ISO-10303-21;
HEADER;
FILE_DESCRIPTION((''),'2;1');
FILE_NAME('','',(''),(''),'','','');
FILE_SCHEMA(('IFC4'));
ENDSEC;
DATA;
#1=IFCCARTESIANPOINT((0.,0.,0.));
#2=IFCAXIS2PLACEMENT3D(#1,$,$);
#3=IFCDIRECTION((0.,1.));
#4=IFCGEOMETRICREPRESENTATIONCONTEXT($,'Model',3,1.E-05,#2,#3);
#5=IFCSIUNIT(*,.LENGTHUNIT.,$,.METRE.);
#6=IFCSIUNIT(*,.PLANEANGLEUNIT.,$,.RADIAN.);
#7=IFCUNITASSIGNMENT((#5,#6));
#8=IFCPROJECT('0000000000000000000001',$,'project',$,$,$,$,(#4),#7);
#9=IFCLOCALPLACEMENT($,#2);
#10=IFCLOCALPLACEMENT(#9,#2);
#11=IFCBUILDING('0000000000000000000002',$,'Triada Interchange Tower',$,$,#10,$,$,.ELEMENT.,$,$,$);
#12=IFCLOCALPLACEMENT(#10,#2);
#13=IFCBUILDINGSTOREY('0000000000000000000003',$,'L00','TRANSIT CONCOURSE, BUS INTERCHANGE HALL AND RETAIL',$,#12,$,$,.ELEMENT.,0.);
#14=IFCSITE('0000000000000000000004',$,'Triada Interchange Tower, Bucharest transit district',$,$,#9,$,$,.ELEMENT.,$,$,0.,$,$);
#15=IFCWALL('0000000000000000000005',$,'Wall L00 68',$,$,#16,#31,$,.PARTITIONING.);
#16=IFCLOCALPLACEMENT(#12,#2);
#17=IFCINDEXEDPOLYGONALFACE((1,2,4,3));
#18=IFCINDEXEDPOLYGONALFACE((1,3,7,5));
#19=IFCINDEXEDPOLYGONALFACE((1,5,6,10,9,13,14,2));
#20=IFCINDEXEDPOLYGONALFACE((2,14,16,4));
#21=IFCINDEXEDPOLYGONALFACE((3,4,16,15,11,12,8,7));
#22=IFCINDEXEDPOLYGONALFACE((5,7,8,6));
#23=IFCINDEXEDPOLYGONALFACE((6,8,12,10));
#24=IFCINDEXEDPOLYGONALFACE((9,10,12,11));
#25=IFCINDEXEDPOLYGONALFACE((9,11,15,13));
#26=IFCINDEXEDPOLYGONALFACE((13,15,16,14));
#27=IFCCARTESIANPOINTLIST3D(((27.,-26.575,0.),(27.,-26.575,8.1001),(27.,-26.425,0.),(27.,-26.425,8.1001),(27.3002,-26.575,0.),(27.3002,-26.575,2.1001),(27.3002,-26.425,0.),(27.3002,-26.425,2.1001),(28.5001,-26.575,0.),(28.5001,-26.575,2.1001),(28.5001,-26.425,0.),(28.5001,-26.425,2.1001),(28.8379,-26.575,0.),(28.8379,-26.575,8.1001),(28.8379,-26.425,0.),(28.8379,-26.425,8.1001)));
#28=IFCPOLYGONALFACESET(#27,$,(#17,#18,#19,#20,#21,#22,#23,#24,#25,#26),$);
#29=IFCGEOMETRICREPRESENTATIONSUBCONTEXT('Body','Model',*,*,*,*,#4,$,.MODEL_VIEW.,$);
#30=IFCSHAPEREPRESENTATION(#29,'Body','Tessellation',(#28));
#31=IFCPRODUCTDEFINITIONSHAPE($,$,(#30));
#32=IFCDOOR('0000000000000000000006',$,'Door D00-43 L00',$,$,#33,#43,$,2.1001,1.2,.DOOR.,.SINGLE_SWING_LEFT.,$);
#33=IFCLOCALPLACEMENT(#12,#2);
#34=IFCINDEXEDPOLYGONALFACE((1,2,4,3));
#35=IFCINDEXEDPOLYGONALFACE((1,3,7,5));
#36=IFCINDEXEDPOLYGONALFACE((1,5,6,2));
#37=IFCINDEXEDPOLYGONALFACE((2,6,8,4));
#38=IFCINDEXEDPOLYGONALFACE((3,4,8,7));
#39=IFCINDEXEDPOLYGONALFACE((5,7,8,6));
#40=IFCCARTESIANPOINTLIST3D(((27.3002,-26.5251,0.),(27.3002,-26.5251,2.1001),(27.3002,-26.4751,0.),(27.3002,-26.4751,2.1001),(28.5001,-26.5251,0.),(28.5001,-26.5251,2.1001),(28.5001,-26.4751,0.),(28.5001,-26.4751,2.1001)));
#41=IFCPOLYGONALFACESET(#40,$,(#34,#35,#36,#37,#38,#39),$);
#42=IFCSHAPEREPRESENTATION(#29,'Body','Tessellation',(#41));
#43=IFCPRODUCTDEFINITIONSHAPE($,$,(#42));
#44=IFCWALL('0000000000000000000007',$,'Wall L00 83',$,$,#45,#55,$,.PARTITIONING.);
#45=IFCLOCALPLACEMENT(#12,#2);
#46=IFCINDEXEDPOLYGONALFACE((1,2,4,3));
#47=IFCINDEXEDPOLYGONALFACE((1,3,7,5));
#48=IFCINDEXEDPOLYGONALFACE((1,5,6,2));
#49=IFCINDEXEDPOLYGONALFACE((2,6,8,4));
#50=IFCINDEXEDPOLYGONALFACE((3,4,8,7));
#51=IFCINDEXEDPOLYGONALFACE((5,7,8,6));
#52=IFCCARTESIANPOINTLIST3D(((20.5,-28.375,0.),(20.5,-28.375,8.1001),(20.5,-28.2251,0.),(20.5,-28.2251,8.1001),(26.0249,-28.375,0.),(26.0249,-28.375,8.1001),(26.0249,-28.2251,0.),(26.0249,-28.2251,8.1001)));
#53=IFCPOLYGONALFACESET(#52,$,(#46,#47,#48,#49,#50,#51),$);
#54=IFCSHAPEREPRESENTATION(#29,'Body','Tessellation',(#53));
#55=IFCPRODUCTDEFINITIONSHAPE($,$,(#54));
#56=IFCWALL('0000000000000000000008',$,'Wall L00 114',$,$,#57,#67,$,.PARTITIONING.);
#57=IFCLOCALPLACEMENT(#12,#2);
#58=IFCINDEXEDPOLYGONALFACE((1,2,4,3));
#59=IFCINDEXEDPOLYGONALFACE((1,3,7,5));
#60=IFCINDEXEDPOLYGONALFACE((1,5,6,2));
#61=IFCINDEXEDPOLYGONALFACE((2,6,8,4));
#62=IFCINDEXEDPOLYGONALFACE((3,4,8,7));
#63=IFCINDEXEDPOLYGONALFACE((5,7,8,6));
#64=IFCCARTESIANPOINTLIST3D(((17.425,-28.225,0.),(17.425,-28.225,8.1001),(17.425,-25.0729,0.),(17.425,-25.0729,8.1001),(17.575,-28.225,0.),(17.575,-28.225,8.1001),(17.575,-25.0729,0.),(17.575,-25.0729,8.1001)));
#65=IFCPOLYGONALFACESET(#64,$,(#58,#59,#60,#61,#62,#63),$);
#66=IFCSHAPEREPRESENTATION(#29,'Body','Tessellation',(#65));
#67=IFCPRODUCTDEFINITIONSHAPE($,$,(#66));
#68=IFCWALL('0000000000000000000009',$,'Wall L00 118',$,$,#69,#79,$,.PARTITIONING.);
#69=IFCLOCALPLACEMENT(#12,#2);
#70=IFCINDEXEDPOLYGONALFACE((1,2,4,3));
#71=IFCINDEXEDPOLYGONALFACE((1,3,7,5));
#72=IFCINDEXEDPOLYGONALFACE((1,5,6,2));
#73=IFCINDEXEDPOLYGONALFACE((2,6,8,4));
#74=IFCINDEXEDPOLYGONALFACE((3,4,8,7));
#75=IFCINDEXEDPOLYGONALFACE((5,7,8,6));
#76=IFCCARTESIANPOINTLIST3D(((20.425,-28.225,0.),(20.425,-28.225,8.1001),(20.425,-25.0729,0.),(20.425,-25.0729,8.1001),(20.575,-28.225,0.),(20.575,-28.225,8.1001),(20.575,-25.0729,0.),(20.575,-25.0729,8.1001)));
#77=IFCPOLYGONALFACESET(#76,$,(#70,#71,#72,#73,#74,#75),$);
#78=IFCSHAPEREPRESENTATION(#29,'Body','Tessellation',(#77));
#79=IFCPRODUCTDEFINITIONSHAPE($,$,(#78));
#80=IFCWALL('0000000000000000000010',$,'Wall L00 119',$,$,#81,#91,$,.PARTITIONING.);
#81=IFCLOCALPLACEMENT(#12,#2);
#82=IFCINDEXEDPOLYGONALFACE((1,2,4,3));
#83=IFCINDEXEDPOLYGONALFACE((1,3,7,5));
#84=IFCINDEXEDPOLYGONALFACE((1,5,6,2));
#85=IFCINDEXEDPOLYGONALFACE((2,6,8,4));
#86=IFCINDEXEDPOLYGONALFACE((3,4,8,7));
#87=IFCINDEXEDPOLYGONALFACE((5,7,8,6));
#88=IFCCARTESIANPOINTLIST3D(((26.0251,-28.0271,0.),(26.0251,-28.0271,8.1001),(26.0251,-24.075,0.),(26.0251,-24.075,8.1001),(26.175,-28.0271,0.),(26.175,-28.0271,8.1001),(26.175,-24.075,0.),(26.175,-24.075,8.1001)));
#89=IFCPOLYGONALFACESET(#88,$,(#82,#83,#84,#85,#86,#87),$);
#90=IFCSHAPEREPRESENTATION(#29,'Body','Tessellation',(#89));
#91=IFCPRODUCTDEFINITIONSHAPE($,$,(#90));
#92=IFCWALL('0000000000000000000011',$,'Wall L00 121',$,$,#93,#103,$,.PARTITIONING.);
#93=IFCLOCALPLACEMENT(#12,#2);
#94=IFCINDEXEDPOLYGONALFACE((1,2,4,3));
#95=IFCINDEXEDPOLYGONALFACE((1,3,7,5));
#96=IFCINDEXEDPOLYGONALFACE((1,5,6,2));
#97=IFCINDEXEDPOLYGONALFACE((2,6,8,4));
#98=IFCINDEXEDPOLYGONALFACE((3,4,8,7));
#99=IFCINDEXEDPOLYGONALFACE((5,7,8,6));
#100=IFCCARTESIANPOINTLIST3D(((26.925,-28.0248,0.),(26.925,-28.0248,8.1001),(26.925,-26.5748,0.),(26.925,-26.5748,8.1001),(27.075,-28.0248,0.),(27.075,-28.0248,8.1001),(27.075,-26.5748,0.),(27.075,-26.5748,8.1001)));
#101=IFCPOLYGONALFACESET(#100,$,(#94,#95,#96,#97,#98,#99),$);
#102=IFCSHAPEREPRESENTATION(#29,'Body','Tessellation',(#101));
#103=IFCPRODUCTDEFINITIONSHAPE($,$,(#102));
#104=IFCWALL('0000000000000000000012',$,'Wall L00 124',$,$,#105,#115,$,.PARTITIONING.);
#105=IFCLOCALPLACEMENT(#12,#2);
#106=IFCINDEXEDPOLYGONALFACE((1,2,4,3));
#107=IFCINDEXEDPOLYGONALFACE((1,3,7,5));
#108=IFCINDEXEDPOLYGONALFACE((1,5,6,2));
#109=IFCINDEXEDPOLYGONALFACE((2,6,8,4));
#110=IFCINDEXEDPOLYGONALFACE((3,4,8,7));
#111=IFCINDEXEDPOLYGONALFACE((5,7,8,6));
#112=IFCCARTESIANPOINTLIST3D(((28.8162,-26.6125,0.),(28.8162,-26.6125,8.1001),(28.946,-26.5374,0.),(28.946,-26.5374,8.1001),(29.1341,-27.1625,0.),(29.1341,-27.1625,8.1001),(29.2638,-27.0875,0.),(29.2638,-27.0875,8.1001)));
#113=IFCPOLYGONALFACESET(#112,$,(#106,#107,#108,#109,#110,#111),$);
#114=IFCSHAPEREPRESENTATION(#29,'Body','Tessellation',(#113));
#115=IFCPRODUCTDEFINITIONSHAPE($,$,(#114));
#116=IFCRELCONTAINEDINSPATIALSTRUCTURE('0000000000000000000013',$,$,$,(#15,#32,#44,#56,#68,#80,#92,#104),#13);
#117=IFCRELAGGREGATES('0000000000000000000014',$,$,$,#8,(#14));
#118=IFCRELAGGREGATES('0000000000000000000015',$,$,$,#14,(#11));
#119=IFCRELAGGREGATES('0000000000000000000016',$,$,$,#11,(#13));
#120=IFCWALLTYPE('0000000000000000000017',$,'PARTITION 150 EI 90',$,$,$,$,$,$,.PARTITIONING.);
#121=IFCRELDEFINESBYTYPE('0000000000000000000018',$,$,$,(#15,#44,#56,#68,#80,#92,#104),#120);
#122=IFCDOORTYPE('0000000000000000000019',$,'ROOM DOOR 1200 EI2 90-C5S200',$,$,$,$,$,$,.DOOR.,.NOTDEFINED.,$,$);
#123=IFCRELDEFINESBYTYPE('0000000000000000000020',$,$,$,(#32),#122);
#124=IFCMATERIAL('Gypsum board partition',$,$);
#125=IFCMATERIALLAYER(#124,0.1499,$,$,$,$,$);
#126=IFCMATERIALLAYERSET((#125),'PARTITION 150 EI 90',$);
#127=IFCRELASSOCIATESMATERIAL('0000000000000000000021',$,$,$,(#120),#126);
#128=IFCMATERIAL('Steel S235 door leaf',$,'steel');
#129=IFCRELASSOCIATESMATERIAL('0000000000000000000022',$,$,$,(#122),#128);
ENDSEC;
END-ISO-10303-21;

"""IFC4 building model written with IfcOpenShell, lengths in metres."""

from ifc_helpers import new_model, si_unit, direction, frame, frame_2d, origin, place, context, subcontext, project, spatial, rectangle, extrude, material, layer, layer_set, type_object, element, fill, save


model = new_model("IFC4")

# Units and contexts
model_context = context("Model", 3, precision=1e-05, world=origin(), true_north=direction((0.0, 1.0)))
body_context = subcontext(model_context, "Body", "Model", "MODEL_VIEW")
ifc_project = project(units=[si_unit("LENGTHUNIT", "METRE"), si_unit("PLANEANGLEUNIT", "RADIAN")], contexts=[model_context])

# Site, building, storey
site_placement = place(None, origin())
site = spatial("IfcSite", under=ifc_project, at=site_placement, Name="Triada Interchange Tower, Bucharest transit district", CompositionType="ELEMENT", RefElevation=0.0)
building_placement = place(site_placement, origin())
building = spatial("IfcBuilding", under=site, at=building_placement, Name="Triada Interchange Tower", CompositionType="ELEMENT")
storey_placement = place(building_placement, origin())
storey = spatial("IfcBuildingStorey", under=building, at=storey_placement, Name="L00", Description="TRANSIT CONCOURSE, BUS INTERCHANGE HALL AND RETAIL", CompositionType="ELEMENT", Elevation=0.0)

# Shared definitions
ifc_material_1 = material(Name="Steel S235 door leaf", Category="steel")

# Shared definitions
ifc_material_2 = material(Name="Gypsum board partition")

# Wall, opening, door
ifc_layer_1 = layer(ifc_material_2, 0.1499)
ifc_layer_set_1 = layer_set([ifc_layer_1], Name="PARTITION 150 EI 90")
wall_type_1 = type_object("IfcWallType", Name="PARTITION 150 EI 90", PredefinedType="PARTITIONING", material=ifc_layer_set_1)
wall_1_placement = place(storey_placement, frame((27.0, -26.5, 0.0), z_axis=(0.0, 0.0, 1.0), x_axis=(1.0, 0.0, 0.0)))
wall_1 = element("IfcWall", 1, at=wall_1_placement, inside=storey, type_object=wall_type_1, Name="Wall L00 68", PredefinedType="PARTITIONING", context=body_context, shape_type="SweptSolid", body=[
    extrude(rectangle(XDim=1.8379, YDim=0.1499, at=frame_2d((0.9189, 0.0))), origin(), (0.0, 0.0, 1.0), 8.1001),
])
opening_1_placement = place(wall_1_placement, frame((0.3, 0.0, 0.0)))
opening_1 = element("IfcOpeningElement", 2, at=opening_1_placement, cuts=wall_1, PredefinedType="OPENING", context=body_context, shape_type="SweptSolid", body=[
    extrude(rectangle(XDim=1.2, YDim=2.1001, at=frame_2d((0.6001, 1.05))), frame((0.0, 0.085, 0.0), z_axis=(0.0, -1.0, 0.0), x_axis=(1.0, 0.0, 0.0)), (0.0, 0.0, 1.0), 0.1699),
])
door_type_1 = type_object("IfcDoorType", Name="ROOM DOOR 1200 EI2 90-C5S200", OperationType="NOTDEFINED", PredefinedType="DOOR", material=ifc_material_1)
door_1_placement = place(opening_1_placement, origin())
door_1 = element("IfcDoor", 3, at=door_1_placement, inside=storey, type_object=door_type_1, Name="Door D00-43 L00", OperationType="SINGLE_SWING_LEFT", OverallHeight=2.1001, OverallWidth=1.2, PredefinedType="DOOR", context=body_context, shape_type="SweptSolid", body=[
    extrude(rectangle(XDim=1.2, YDim=2.1001, at=frame_2d((0.6001, 1.05))), frame((0.0, 0.0249, 0.0), z_axis=(0.0, -1.0, 0.0), x_axis=(1.0, 0.0, 0.0)), (0.0, 0.0, 1.0), 0.05),
])
fill(opening_1, door_1)

# Walls
wall_2_placement = place(storey_placement, frame((20.5, -28.3, 0.0), z_axis=(0.0, 0.0, 1.0), x_axis=(1.0, 0.0, 0.0)))
element("IfcWall", 4, at=wall_2_placement, inside=storey, type_object=wall_type_1, Name="Wall L00 83", PredefinedType="PARTITIONING", context=body_context, shape_type="SweptSolid", body=[
    extrude(rectangle(XDim=5.5249, YDim=0.1499, at=frame_2d((2.7625, 0.0))), origin(), (0.0, 0.0, 1.0), 8.1001),
])
for number, where, z_axis, x_axis, name in (
    (5, (17.5, -28.2251, 0.0), (0.0, 0.0, 1.0), (0.0, 1.0, 0.0), "Wall L00 114"),
    (6, (20.5, -28.2251, 0.0), (0.0, 0.0, 1.0), (0.0, 1.0, 0.0), "Wall L00 118"),
):
    element("IfcWall", number, at=place(storey_placement, frame(where, z_axis=z_axis, x_axis=x_axis)), inside=storey, type_object=wall_type_1, Name=name, PredefinedType="PARTITIONING", context=body_context, shape_type="SweptSolid", body=[
        extrude(rectangle(XDim=3.1521, YDim=0.1499, at=frame_2d((1.5762, 0.0))), origin(), (0.0, 0.0, 1.0), 8.1001),
    ])
wall_3_placement = place(storey_placement, frame((26.1001, -28.0271, 0.0), z_axis=(0.0, 0.0, 1.0), x_axis=(0.0, 1.0, 0.0)))
element("IfcWall", 7, at=wall_3_placement, inside=storey, type_object=wall_type_1, Name="Wall L00 119", PredefinedType="PARTITIONING", context=body_context, shape_type="SweptSolid", body=[
    extrude(rectangle(XDim=3.9521, YDim=0.1499, at=frame_2d((1.9761, 0.0))), origin(), (0.0, 0.0, 1.0), 8.1001),
])
wall_4_placement = place(storey_placement, frame((27.0, -28.0249, 0.0), z_axis=(0.0, 0.0, 1.0), x_axis=(0.0, 1.0, 0.0)))
element("IfcWall", 8, at=wall_4_placement, inside=storey, type_object=wall_type_1, Name="Wall L00 121", PredefinedType="PARTITIONING", context=body_context, shape_type="SweptSolid", body=[
    extrude(rectangle(XDim=1.45, YDim=0.1499, at=frame_2d((0.7251, 0.0))), origin(), (0.0, 0.0, 1.0), 8.1001),
])
wall_5_placement = place(storey_placement, frame((28.8811, -26.575, 0.0), z_axis=(0.0, 0.0, 1.0), x_axis=(0.500354, -0.865821, 0.0)))
element("IfcWall", 9, at=wall_5_placement, inside=storey, type_object=wall_type_1, Name="Wall L00 124", PredefinedType="PARTITIONING", context=body_context, shape_type="SweptSolid", body=[
    extrude(rectangle(XDim=0.6353, YDim=0.1499, at=frame_2d((0.3176, 0.0))), origin(), (0.0, 0.0, 1.0), 8.1001),
])

save(model, "model.ifc")
